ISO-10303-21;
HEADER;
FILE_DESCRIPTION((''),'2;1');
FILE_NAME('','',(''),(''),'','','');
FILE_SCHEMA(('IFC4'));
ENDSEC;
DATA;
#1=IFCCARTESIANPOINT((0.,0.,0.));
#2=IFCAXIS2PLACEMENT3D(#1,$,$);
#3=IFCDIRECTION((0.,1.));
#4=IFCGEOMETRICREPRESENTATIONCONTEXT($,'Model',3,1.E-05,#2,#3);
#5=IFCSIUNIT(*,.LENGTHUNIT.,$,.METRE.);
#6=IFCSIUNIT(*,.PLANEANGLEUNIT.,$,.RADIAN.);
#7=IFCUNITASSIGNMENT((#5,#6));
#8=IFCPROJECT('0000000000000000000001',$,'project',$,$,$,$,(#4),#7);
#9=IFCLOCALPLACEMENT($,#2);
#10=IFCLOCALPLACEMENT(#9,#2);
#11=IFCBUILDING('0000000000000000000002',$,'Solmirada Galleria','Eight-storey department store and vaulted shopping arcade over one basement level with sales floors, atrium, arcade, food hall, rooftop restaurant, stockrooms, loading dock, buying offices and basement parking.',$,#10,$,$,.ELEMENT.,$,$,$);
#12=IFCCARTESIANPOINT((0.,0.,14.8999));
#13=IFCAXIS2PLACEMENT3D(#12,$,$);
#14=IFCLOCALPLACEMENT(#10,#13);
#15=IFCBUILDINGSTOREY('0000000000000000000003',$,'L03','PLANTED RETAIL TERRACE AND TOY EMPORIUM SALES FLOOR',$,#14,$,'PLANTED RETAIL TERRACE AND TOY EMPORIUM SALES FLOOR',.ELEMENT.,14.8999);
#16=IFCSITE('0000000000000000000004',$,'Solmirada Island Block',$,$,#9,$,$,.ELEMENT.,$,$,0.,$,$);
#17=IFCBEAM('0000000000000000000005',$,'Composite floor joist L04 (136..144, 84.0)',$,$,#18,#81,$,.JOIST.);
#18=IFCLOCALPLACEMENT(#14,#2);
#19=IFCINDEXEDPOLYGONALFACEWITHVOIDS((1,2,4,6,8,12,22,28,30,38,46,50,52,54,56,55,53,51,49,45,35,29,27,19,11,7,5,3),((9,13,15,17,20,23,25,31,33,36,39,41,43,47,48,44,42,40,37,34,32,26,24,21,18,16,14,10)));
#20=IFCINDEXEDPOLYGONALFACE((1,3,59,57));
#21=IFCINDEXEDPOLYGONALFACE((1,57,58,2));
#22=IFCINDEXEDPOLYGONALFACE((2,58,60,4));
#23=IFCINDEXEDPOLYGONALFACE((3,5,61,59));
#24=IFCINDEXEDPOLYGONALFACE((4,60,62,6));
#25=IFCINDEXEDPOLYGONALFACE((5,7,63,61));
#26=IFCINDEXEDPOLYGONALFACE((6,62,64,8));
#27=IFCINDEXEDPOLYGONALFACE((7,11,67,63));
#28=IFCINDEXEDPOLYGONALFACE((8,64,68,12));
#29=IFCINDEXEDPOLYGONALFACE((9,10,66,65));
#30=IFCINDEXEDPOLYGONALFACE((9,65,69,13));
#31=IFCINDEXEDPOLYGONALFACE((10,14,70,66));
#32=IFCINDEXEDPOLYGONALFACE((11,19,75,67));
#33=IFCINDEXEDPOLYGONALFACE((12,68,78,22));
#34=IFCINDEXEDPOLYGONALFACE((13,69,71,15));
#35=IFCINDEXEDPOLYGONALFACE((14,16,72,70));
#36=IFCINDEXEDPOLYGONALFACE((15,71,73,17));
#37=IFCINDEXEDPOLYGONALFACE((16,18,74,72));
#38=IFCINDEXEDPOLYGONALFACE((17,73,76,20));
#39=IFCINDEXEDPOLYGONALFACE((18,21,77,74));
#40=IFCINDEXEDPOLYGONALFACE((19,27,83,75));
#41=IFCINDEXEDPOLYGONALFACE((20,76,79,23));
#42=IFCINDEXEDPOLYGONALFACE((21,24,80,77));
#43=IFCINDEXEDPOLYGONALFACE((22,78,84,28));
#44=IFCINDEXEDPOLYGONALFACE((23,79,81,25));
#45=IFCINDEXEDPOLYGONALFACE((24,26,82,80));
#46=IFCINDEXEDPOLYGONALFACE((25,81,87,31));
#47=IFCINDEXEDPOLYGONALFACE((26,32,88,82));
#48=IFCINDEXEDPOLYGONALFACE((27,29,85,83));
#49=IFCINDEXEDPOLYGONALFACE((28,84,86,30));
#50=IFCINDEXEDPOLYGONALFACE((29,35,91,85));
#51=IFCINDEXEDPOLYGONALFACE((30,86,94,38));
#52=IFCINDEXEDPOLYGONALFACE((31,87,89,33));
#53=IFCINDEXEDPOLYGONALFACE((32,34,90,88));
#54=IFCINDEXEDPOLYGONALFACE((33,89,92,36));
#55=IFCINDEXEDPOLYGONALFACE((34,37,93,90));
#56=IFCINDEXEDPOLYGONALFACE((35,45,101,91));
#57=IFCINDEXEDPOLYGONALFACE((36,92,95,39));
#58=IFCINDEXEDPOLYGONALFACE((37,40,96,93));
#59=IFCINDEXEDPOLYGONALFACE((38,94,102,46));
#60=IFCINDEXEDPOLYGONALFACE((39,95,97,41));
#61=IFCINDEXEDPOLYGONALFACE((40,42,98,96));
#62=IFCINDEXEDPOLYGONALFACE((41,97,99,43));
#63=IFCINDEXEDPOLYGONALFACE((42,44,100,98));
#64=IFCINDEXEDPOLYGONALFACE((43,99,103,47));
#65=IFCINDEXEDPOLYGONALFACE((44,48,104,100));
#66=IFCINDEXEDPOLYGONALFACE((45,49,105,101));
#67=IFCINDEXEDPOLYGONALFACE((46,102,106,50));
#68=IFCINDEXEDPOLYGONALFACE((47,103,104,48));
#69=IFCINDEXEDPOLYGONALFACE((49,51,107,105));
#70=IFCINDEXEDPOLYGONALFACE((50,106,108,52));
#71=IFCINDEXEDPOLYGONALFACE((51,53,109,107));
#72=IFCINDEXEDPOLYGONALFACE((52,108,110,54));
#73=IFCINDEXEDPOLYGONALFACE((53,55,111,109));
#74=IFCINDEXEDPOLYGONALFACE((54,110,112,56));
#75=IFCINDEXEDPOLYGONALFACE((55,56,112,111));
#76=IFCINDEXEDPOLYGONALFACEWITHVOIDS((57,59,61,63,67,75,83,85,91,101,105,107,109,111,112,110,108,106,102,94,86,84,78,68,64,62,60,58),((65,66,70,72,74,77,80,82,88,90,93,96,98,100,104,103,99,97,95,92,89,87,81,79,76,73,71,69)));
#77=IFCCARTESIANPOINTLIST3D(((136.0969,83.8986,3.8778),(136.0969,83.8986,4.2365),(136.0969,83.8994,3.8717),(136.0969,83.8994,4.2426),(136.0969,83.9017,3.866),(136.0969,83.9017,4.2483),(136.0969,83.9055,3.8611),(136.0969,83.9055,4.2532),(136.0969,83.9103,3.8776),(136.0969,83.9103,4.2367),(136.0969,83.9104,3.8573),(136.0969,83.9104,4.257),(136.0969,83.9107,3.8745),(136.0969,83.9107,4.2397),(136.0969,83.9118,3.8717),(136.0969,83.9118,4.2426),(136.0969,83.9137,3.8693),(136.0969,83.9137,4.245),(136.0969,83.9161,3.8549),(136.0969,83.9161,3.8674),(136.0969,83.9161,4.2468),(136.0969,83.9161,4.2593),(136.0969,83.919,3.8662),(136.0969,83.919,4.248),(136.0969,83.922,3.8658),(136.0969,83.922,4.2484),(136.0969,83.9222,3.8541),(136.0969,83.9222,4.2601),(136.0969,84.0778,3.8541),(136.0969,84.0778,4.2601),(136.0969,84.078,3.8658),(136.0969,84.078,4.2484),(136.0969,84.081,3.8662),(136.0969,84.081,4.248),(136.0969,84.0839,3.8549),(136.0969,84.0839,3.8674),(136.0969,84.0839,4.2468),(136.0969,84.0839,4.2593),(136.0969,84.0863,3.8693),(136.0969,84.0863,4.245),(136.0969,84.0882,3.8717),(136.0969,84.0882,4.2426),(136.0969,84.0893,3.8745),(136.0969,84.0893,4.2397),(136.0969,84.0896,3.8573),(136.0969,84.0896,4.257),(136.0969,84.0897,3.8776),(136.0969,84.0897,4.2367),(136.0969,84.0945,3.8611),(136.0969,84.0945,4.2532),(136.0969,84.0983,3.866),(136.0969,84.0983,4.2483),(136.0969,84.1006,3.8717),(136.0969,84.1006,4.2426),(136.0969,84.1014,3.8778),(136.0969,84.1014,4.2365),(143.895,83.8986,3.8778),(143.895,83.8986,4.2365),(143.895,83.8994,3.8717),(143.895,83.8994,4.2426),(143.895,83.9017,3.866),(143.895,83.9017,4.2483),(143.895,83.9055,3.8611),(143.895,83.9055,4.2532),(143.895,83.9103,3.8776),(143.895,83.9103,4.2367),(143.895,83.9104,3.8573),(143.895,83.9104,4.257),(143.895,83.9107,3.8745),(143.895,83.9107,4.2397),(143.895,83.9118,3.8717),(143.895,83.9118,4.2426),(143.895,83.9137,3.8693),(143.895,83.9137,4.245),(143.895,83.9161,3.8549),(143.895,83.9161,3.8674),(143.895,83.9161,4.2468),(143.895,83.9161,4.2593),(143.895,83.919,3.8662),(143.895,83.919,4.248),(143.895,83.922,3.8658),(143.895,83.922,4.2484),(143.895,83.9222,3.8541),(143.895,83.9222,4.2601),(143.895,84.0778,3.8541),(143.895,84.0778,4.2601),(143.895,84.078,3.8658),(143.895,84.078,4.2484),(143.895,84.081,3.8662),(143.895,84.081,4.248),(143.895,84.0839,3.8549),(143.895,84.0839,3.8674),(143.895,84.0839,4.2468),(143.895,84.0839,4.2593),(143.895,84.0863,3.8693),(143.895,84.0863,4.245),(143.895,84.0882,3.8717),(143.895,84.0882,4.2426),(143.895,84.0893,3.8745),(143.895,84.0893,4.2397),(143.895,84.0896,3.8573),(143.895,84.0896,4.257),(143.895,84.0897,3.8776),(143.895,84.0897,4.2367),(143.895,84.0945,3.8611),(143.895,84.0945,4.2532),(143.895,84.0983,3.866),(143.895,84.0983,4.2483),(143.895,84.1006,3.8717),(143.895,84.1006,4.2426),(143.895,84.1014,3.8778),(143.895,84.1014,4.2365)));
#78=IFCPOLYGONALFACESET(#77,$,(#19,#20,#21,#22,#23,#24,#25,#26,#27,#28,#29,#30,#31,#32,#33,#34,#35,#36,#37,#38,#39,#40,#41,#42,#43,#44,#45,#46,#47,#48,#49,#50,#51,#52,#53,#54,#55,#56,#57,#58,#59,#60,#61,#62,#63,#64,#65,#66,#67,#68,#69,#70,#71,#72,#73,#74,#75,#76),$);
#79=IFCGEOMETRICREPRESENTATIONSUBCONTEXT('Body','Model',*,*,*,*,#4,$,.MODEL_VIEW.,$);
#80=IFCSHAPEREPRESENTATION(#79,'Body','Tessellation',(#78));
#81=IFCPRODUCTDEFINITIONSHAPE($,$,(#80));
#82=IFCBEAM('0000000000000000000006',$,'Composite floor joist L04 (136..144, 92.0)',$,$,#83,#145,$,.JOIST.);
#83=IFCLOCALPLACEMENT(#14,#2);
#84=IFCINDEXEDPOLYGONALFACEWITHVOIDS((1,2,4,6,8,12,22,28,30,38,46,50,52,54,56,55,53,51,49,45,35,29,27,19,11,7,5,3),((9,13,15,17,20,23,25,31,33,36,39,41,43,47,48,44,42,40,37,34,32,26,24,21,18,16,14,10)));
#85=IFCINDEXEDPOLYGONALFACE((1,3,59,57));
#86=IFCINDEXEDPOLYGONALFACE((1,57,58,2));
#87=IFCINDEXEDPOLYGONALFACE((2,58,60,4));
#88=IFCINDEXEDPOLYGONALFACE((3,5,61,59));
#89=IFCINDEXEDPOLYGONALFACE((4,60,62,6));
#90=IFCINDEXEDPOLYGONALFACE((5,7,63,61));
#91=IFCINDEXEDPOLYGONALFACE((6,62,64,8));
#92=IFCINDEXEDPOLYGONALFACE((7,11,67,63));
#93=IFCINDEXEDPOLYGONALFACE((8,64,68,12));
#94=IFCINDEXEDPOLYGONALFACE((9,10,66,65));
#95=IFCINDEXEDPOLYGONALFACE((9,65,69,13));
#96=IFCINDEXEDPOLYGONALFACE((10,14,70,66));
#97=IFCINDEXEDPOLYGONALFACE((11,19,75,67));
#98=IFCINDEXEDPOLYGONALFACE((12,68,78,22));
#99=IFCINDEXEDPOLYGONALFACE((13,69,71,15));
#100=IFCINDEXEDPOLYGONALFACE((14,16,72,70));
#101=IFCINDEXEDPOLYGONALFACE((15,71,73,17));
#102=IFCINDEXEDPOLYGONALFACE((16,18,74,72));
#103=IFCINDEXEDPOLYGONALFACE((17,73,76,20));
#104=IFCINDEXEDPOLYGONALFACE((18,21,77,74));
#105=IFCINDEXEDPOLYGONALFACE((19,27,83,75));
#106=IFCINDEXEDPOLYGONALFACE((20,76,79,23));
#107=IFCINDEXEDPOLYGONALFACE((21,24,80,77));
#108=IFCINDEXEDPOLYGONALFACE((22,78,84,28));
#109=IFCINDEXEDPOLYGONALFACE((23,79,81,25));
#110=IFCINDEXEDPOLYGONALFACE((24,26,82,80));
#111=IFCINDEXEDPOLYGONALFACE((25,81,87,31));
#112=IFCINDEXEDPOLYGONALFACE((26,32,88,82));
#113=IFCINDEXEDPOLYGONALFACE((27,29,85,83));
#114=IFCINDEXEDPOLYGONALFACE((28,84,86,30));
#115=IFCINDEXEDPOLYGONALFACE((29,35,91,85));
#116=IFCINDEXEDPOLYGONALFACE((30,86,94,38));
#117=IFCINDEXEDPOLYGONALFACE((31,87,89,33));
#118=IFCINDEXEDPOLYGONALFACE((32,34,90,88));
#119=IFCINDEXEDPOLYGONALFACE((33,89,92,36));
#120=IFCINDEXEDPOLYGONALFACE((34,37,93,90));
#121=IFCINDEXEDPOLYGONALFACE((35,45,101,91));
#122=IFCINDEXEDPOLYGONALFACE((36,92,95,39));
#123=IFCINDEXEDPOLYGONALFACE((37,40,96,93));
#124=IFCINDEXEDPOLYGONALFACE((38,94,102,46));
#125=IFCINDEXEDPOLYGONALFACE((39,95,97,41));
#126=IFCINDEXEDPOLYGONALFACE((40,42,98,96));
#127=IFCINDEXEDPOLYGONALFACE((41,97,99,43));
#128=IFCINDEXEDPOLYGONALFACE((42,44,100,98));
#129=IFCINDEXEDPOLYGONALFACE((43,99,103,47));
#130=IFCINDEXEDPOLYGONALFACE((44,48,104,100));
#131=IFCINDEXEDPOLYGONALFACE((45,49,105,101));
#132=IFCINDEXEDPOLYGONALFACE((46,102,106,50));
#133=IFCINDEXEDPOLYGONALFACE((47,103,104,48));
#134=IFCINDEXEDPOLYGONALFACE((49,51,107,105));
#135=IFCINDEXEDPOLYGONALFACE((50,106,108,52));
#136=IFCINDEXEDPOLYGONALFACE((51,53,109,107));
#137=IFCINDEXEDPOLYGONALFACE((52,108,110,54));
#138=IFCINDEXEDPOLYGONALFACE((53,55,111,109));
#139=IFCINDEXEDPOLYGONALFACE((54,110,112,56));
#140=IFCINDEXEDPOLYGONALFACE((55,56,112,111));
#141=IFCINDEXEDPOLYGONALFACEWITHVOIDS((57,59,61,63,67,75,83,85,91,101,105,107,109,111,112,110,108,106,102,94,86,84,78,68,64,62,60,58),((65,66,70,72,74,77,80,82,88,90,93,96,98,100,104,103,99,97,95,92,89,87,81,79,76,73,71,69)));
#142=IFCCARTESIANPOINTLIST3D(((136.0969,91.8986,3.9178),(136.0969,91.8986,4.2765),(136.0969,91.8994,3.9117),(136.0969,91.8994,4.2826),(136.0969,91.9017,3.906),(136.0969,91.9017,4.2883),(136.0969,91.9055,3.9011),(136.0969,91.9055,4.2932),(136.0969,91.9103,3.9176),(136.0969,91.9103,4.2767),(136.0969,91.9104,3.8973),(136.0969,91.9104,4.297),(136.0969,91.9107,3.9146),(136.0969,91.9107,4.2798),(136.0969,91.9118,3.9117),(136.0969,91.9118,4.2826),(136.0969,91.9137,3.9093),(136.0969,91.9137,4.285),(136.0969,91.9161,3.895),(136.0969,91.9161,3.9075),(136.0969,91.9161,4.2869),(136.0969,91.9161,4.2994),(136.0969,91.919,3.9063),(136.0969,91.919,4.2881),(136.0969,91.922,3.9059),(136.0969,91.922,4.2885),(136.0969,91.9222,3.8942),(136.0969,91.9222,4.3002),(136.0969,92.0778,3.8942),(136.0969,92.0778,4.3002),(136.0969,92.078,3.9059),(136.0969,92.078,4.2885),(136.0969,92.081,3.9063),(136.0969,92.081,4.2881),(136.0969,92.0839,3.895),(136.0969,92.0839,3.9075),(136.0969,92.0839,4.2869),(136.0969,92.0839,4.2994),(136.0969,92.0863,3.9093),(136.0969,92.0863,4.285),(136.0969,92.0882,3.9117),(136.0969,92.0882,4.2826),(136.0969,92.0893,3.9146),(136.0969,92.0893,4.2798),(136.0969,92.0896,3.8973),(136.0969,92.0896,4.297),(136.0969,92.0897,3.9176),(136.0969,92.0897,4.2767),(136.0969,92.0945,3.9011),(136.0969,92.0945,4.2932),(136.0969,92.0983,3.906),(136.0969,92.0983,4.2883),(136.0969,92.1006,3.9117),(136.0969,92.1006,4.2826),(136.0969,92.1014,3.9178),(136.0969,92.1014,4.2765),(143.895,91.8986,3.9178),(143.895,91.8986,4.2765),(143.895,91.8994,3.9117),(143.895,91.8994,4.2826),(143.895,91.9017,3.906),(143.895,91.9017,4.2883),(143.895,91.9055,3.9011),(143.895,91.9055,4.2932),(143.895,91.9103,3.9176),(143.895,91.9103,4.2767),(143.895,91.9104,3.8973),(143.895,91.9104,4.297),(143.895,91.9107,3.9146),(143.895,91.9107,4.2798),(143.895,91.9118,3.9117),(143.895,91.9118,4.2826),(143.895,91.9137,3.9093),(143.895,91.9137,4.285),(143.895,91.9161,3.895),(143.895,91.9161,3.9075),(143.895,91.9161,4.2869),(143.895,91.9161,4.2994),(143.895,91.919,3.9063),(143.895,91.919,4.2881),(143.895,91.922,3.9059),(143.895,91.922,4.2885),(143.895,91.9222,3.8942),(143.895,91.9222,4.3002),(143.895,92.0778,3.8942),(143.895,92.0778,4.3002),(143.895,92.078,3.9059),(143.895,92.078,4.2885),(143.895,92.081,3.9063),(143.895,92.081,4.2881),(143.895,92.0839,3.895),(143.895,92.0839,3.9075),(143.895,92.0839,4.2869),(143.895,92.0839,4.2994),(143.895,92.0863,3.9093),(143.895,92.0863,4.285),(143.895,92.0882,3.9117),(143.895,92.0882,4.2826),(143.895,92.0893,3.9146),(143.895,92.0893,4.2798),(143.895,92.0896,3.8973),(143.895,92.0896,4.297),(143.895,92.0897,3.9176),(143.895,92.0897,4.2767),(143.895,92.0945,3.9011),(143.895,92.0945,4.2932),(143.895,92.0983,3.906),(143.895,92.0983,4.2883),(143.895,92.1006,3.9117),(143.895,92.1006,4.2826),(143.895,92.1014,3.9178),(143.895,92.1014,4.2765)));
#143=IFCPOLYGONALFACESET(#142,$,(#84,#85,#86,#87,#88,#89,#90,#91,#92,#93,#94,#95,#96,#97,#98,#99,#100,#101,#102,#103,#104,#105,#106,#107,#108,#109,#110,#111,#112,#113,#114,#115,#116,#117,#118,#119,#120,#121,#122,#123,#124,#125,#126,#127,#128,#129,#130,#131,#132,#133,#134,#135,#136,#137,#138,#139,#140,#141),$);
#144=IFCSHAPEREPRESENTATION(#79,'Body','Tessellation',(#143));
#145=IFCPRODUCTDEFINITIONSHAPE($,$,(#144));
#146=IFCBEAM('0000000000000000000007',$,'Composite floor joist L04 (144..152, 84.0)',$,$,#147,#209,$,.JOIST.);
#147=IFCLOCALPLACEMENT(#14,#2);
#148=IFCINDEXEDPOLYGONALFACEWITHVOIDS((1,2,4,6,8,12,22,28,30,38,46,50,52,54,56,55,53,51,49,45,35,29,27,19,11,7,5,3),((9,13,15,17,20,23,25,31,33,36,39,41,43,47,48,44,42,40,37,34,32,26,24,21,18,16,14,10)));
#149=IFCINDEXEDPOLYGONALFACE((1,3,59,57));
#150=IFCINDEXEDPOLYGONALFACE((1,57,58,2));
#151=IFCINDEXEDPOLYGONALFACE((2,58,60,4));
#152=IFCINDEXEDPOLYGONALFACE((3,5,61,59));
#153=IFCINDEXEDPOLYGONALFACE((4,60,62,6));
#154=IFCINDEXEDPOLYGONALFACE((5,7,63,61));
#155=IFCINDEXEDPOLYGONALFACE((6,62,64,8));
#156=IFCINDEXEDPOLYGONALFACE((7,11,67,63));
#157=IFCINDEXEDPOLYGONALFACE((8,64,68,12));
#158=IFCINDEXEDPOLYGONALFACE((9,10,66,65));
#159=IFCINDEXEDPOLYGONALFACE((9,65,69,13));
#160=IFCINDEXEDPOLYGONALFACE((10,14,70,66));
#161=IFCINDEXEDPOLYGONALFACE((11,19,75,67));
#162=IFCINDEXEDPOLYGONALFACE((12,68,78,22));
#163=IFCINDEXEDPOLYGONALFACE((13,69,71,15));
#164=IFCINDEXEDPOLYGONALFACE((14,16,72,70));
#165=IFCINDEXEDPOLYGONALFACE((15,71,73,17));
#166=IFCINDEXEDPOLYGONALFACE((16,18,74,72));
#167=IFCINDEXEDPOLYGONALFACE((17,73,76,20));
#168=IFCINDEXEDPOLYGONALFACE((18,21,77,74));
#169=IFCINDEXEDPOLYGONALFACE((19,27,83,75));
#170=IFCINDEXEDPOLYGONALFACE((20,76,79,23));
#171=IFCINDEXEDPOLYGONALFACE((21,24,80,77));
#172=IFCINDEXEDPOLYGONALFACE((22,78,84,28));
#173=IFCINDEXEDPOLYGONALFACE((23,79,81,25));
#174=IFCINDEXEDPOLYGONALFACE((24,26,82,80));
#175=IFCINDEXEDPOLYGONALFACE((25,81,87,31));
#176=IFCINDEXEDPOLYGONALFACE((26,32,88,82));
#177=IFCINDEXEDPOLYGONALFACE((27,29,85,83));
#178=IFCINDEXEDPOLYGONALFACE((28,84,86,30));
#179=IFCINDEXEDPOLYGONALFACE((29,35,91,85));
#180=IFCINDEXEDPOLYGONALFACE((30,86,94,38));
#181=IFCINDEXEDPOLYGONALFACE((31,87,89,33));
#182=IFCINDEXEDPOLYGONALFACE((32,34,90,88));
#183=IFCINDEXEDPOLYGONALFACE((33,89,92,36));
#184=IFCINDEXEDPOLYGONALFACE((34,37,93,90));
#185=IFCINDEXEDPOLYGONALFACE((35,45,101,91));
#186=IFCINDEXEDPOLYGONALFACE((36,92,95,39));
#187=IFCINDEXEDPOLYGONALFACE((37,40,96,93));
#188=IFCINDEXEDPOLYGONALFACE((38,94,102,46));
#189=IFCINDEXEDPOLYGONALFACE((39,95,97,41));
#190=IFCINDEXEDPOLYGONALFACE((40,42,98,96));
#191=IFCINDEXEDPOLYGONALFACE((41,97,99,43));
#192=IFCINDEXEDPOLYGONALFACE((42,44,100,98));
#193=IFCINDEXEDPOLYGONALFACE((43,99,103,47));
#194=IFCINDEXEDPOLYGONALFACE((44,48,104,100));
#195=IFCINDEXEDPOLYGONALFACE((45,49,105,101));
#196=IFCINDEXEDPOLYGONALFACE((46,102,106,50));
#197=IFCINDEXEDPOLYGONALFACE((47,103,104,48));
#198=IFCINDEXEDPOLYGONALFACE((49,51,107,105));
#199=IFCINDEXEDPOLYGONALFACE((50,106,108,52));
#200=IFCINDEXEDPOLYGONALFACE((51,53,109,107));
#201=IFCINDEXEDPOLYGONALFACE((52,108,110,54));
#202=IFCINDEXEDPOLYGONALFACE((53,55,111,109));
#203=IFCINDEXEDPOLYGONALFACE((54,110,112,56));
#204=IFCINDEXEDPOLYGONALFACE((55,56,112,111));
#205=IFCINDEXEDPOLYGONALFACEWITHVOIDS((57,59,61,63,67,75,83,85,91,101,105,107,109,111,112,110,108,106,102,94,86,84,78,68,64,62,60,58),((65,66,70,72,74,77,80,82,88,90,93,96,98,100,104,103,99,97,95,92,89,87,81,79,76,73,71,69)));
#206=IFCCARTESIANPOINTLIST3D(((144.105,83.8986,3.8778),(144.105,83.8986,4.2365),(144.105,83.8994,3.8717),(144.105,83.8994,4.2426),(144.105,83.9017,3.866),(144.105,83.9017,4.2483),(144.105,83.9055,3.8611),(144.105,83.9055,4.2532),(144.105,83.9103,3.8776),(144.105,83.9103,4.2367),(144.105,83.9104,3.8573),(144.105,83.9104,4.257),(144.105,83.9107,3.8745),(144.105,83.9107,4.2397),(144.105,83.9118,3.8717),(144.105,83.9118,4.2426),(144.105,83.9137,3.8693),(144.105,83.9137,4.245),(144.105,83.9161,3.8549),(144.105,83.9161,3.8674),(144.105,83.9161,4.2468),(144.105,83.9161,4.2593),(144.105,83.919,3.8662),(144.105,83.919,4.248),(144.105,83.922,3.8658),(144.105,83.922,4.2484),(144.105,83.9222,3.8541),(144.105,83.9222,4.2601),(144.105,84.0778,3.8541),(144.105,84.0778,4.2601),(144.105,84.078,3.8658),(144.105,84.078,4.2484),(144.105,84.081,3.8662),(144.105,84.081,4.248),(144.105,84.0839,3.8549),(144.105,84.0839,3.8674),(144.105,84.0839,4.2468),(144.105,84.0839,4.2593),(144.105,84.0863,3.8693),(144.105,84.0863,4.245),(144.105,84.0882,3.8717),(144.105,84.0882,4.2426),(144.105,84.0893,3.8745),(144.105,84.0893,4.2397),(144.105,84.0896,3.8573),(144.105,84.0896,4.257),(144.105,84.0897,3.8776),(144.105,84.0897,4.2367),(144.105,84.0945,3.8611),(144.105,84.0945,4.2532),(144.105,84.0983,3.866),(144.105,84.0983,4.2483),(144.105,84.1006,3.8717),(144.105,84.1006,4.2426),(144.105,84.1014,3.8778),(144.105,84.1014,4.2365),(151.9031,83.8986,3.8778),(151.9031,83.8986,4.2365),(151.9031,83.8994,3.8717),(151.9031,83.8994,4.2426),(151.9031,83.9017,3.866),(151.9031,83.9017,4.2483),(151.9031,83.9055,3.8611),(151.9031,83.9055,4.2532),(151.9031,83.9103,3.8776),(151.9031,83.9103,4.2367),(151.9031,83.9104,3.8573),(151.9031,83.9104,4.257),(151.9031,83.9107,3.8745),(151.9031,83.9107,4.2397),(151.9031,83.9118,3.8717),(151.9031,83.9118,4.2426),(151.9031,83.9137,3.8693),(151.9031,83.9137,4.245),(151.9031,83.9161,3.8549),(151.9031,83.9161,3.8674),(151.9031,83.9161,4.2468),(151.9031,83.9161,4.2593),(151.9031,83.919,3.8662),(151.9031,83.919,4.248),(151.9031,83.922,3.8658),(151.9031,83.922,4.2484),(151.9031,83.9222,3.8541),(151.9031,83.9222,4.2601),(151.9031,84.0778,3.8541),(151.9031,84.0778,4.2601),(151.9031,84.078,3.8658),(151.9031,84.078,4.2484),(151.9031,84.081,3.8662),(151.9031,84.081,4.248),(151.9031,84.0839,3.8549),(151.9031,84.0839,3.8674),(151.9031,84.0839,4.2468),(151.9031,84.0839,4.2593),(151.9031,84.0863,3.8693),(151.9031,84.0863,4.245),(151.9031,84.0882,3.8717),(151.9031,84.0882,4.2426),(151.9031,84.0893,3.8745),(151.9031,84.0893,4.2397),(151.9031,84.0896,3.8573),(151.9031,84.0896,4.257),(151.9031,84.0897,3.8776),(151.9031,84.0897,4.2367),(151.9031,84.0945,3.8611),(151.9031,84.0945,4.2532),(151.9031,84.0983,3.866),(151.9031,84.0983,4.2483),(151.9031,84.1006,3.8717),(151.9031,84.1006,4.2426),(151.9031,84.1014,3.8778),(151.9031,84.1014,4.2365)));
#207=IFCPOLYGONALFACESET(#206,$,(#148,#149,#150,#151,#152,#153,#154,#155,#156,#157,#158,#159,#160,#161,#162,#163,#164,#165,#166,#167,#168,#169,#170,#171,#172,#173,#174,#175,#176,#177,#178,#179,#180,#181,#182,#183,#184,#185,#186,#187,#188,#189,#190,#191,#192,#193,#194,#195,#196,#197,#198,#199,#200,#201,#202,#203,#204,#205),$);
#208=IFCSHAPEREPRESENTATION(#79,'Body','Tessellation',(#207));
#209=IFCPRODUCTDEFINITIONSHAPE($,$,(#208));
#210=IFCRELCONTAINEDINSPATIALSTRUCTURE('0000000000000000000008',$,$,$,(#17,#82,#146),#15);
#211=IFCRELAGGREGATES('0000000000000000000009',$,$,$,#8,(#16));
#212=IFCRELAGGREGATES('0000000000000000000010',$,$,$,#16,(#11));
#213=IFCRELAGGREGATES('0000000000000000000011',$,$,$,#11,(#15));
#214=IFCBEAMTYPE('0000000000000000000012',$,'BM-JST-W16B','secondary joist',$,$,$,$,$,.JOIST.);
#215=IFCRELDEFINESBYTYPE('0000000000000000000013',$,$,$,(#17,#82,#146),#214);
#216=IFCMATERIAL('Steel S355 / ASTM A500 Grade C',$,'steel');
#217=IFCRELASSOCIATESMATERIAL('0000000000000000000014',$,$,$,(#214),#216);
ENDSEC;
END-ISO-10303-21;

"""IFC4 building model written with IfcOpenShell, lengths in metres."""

from ifc_helpers import new_model, si_unit, direction, frame, origin, origin_2d, place, context, subcontext, project, spatial, hollow_rectangle, extrude, material, material_profile, profile_set, type_object, element, save


model = new_model("IFC4")

# Units and contexts
model_context = context("Model", 3, precision=1e-05, world=origin(), true_north=direction((0.0, 1.0)))
body_context = subcontext(model_context, "Body", "Model", "MODEL_VIEW")
ifc_project = project(units=[si_unit("LENGTHUNIT", "METRE"), si_unit("PLANEANGLEUNIT", "RADIAN")], contexts=[model_context])

# Site, building, storey
site_placement = place(None, origin())
site = spatial("IfcSite", under=ifc_project, at=site_placement, Name="Solmirada Island Block", CompositionType="ELEMENT", RefElevation=0.0)
building_placement = place(site_placement, origin())
building = spatial("IfcBuilding", under=site, at=building_placement, Name="Solmirada Galleria", Description="Eight-storey department store and vaulted shopping arcade over one basement level with sales floors, atrium, arcade, food hall, rooftop restaurant, stockrooms, loading dock, buying offices and basement parking.", CompositionType="ELEMENT")
storey_placement = place(building_placement, frame((0.0, 0.0, 14.8999)))
storey = spatial("IfcBuildingStorey", under=building, at=storey_placement, Name="L03", Description="PLANTED RETAIL TERRACE AND TOY EMPORIUM SALES FLOOR", LongName="PLANTED RETAIL TERRACE AND TOY EMPORIUM SALES FLOOR", CompositionType="ELEMENT", Elevation=14.8999)

# Shared definitions
ifc_material_1 = material(Name="Steel S355 / ASTM A500 Grade C", Category="steel")

# Beams
ifc_material_profile_1 = material_profile(ifc_material_1, hollow_rectangle(XDim=0.2029, YDim=0.406, WallThickness=0.0117, InnerFilletRadius=0.0117, OuterFilletRadius=0.0237, at=origin_2d()), Name="HSS16X8X1/2")
ifc_profile_set_1 = profile_set([ifc_material_profile_1], Name="Steel S355 / ASTM A500 Grade C")
beam_type_1 = type_object("IfcBeamType", Name="BM-JST-W16B", Description="secondary joist", PredefinedType="JOIST", material=ifc_profile_set_1)
for number, where, z_axis, x_axis, name in (
    (1, (136.0969, 84.0, 4.0571), (1.0, 0.0, 0.0), (0.0, 1.0, 0.0), "Composite floor joist L04 (136..144, 84.0)"),
    (2, (136.0969, 92.0, 4.0972), (1.0, 0.0, 0.0), (0.0, 1.0, 0.0), "Composite floor joist L04 (136..144, 92.0)"),
    (3, (144.105, 84.0, 4.0571), (1.0, 0.0, 0.0), (0.0, 1.0, 0.0), "Composite floor joist L04 (144..152, 84.0)"),
):
    element("IfcBeam", number, at=place(storey_placement, frame(where, z_axis=z_axis, x_axis=x_axis)), inside=storey, type_object=beam_type_1, Name=name, PredefinedType="JOIST", context=body_context, shape_type="SweptSolid", body=[
        extrude(hollow_rectangle(XDim=0.2029, YDim=0.406, WallThickness=0.0117, InnerFilletRadius=0.0117, OuterFilletRadius=0.0237, at=origin_2d()), origin(), (0.0, 0.0, 1.0), 7.7981),
    ])

save(model, "model.ifc")
